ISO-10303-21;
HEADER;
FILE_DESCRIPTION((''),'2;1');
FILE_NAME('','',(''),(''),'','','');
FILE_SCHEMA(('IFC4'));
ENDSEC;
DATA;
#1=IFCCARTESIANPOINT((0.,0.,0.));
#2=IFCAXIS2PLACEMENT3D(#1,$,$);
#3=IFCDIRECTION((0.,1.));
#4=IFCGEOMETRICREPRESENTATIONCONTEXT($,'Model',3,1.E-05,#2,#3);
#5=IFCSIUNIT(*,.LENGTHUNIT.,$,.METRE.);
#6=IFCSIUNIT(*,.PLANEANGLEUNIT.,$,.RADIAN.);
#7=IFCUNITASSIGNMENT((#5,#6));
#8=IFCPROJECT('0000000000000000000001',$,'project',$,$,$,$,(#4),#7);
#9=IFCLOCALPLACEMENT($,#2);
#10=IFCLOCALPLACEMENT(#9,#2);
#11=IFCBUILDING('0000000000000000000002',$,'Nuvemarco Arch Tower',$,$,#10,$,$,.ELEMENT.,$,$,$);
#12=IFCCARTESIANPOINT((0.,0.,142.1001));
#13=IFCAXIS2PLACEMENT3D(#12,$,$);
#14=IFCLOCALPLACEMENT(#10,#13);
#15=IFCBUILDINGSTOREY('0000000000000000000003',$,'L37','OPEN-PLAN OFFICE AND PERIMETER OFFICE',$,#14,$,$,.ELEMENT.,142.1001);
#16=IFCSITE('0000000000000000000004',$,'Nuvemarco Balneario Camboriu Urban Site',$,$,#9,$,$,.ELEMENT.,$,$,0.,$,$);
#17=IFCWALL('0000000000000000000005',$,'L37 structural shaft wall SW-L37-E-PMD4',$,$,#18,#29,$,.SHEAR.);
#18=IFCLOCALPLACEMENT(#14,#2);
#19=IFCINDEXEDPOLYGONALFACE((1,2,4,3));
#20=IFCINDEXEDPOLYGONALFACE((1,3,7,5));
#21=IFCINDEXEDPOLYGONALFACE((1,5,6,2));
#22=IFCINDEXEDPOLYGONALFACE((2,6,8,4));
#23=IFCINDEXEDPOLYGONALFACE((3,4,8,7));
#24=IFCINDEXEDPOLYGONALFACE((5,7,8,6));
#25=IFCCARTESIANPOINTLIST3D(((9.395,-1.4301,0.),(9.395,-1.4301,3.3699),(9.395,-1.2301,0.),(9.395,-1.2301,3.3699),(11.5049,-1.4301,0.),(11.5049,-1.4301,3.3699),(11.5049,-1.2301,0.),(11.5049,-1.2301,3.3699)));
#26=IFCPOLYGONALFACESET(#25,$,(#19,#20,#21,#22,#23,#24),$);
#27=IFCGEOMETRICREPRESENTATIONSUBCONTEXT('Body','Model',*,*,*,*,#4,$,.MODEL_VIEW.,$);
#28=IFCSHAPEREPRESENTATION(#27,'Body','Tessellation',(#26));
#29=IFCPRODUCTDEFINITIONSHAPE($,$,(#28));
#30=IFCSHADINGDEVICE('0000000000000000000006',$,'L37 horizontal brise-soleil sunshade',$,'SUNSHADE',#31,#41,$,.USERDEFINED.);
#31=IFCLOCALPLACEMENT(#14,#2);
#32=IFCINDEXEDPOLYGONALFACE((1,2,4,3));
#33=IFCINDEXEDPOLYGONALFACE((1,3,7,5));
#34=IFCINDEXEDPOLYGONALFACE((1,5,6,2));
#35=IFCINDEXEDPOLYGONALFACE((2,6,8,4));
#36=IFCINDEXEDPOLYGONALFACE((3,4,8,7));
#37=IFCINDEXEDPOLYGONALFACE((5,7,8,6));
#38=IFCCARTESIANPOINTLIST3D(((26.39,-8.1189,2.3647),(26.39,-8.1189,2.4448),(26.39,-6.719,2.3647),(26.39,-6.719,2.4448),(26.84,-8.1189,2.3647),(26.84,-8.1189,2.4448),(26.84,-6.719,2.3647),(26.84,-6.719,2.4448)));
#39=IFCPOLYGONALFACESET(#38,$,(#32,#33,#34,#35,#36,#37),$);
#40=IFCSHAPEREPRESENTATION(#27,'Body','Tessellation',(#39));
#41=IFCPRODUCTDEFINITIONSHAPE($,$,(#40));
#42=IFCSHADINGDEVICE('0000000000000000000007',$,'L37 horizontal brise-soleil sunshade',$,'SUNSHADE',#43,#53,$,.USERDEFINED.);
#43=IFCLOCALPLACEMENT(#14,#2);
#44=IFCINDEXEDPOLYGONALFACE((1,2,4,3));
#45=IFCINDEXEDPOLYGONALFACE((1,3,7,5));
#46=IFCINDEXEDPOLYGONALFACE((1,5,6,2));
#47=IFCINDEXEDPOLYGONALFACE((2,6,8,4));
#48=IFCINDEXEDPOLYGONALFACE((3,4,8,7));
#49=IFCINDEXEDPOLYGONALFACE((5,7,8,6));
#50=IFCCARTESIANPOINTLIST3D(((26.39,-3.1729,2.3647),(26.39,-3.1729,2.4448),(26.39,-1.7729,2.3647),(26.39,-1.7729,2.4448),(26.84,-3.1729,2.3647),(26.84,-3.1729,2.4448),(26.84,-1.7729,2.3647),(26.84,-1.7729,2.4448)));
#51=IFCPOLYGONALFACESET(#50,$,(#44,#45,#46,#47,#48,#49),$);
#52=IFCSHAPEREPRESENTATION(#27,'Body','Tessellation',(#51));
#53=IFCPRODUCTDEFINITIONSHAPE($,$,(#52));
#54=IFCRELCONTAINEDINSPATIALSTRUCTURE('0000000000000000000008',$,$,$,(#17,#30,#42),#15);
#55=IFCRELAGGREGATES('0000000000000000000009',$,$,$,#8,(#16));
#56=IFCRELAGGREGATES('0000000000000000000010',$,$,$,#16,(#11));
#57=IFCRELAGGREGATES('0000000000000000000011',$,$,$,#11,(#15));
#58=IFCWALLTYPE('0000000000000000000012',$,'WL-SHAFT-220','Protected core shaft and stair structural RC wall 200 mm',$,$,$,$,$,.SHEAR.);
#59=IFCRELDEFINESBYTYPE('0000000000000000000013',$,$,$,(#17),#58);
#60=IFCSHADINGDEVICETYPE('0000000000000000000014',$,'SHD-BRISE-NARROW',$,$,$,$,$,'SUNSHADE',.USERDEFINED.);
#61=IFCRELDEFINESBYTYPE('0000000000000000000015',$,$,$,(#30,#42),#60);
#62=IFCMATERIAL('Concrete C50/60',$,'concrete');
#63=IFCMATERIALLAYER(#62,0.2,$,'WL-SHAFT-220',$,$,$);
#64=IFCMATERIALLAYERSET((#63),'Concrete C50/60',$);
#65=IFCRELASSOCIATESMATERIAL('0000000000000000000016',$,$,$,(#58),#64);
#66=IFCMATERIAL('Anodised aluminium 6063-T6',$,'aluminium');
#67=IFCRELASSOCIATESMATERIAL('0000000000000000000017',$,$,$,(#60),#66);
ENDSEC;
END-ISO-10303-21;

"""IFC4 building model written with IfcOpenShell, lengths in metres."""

from ifc_helpers import new_model, si_unit, direction, frame, frame_2d, origin, origin_2d, place, context, subcontext, project, spatial, rectangle, extrude, source, transform, mapped, material, layer, layer_set, type_object, type_shapes, element, save


model = new_model("IFC4")

# Units and contexts
model_context = context("Model", 3, precision=1e-05, world=origin(), true_north=direction((0.0, 1.0)))
body_context = subcontext(model_context, "Body", "Model", "MODEL_VIEW")
ifc_project = project(units=[si_unit("LENGTHUNIT", "METRE"), si_unit("PLANEANGLEUNIT", "RADIAN")], contexts=[model_context])

# Site, building, storey
site_placement = place(None, origin())
site = spatial("IfcSite", under=ifc_project, at=site_placement, Name="Nuvemarco Balneario Camboriu Urban Site", CompositionType="ELEMENT", RefElevation=0.0)
building_placement = place(site_placement, origin())
building = spatial("IfcBuilding", under=site, at=building_placement, Name="Nuvemarco Arch Tower", CompositionType="ELEMENT")
storey_placement = place(building_placement, frame((0.0, 0.0, 142.1001)))
storey = spatial("IfcBuildingStorey", under=building, at=storey_placement, Name="L37", Description="OPEN-PLAN OFFICE AND PERIMETER OFFICE", CompositionType="ELEMENT", Elevation=142.1001)

# Shared definitions
ifc_material_1 = material(Name="Concrete C50/60", Category="concrete")

# Shared definitions
ifc_layer_1 = layer(ifc_material_1, 0.2, Name="WL-SHAFT-220")
ifc_layer_set_1 = layer_set([ifc_layer_1], Name="Concrete C50/60")
wall_type_1 = type_object("IfcWallType", Name="WL-SHAFT-220", Description="Protected core shaft and stair structural RC wall 200 mm", PredefinedType="SHEAR", material=ifc_layer_set_1)

# Wall
for number, where, z_axis, x_axis, name in (
    (1, (9.395, -1.3301, 0.0), (0.0, 0.0, 1.0), (1.0, 0.0, 0.0), "L37 structural shaft wall SW-L37-E-PMD4"),
):
    element("IfcWall", number, at=place(storey_placement, frame(where, z_axis=z_axis, x_axis=x_axis)), inside=storey, type_object=wall_type_1, Name=name, PredefinedType="SHEAR", context=body_context, shape_type="SweptSolid", body=[
        extrude(rectangle(XDim=2.1099, YDim=0.2, at=frame_2d((1.0549, 0.0))), origin(), (0.0, 0.0, 1.0), 3.3699),
    ])

# Shading devices
ifc_material_2 = material(Name="Anodised aluminium 6063-T6", Category="aluminium")
shading_device_type = type_object("IfcShadingDeviceType", Name="SHD-BRISE-NARROW", ElementType="SUNSHADE", PredefinedType="USERDEFINED", material=ifc_material_2)
shared_shape_1 = source(origin(), body_context, "Body", "SweptSolid", [
    extrude(rectangle(XDim=1.3999, YDim=0.45, at=origin_2d()), origin(), (0.0, 0.0, 1.0), 0.0801),
])
type_shapes(shading_device_type, [shared_shape_1])
for number, where, z_axis, x_axis, name in (
    (2, (26.615, -7.4189, 2.3647), (0.0, 0.0, 1.0), (0.0, 1.0, 0.0), "L37 horizontal brise-soleil sunshade"),
    (3, (26.615, -2.4729, 2.3647), (0.0, 0.0, 1.0), (0.0, 1.0, 0.0), "L37 horizontal brise-soleil sunshade"),
):
    element("IfcShadingDevice", number, at=place(storey_placement, frame(where, z_axis=z_axis, x_axis=x_axis)), inside=storey, type_object=shading_device_type, Name=name, ObjectType="SUNSHADE", PredefinedType="USERDEFINED", context=body_context, shape_type="MappedRepresentation", body=[
        mapped(shared_shape_1, transform((0.0, 0.0, 0.0), scale=1.0)),
    ])

save(model, "model.ifc")
